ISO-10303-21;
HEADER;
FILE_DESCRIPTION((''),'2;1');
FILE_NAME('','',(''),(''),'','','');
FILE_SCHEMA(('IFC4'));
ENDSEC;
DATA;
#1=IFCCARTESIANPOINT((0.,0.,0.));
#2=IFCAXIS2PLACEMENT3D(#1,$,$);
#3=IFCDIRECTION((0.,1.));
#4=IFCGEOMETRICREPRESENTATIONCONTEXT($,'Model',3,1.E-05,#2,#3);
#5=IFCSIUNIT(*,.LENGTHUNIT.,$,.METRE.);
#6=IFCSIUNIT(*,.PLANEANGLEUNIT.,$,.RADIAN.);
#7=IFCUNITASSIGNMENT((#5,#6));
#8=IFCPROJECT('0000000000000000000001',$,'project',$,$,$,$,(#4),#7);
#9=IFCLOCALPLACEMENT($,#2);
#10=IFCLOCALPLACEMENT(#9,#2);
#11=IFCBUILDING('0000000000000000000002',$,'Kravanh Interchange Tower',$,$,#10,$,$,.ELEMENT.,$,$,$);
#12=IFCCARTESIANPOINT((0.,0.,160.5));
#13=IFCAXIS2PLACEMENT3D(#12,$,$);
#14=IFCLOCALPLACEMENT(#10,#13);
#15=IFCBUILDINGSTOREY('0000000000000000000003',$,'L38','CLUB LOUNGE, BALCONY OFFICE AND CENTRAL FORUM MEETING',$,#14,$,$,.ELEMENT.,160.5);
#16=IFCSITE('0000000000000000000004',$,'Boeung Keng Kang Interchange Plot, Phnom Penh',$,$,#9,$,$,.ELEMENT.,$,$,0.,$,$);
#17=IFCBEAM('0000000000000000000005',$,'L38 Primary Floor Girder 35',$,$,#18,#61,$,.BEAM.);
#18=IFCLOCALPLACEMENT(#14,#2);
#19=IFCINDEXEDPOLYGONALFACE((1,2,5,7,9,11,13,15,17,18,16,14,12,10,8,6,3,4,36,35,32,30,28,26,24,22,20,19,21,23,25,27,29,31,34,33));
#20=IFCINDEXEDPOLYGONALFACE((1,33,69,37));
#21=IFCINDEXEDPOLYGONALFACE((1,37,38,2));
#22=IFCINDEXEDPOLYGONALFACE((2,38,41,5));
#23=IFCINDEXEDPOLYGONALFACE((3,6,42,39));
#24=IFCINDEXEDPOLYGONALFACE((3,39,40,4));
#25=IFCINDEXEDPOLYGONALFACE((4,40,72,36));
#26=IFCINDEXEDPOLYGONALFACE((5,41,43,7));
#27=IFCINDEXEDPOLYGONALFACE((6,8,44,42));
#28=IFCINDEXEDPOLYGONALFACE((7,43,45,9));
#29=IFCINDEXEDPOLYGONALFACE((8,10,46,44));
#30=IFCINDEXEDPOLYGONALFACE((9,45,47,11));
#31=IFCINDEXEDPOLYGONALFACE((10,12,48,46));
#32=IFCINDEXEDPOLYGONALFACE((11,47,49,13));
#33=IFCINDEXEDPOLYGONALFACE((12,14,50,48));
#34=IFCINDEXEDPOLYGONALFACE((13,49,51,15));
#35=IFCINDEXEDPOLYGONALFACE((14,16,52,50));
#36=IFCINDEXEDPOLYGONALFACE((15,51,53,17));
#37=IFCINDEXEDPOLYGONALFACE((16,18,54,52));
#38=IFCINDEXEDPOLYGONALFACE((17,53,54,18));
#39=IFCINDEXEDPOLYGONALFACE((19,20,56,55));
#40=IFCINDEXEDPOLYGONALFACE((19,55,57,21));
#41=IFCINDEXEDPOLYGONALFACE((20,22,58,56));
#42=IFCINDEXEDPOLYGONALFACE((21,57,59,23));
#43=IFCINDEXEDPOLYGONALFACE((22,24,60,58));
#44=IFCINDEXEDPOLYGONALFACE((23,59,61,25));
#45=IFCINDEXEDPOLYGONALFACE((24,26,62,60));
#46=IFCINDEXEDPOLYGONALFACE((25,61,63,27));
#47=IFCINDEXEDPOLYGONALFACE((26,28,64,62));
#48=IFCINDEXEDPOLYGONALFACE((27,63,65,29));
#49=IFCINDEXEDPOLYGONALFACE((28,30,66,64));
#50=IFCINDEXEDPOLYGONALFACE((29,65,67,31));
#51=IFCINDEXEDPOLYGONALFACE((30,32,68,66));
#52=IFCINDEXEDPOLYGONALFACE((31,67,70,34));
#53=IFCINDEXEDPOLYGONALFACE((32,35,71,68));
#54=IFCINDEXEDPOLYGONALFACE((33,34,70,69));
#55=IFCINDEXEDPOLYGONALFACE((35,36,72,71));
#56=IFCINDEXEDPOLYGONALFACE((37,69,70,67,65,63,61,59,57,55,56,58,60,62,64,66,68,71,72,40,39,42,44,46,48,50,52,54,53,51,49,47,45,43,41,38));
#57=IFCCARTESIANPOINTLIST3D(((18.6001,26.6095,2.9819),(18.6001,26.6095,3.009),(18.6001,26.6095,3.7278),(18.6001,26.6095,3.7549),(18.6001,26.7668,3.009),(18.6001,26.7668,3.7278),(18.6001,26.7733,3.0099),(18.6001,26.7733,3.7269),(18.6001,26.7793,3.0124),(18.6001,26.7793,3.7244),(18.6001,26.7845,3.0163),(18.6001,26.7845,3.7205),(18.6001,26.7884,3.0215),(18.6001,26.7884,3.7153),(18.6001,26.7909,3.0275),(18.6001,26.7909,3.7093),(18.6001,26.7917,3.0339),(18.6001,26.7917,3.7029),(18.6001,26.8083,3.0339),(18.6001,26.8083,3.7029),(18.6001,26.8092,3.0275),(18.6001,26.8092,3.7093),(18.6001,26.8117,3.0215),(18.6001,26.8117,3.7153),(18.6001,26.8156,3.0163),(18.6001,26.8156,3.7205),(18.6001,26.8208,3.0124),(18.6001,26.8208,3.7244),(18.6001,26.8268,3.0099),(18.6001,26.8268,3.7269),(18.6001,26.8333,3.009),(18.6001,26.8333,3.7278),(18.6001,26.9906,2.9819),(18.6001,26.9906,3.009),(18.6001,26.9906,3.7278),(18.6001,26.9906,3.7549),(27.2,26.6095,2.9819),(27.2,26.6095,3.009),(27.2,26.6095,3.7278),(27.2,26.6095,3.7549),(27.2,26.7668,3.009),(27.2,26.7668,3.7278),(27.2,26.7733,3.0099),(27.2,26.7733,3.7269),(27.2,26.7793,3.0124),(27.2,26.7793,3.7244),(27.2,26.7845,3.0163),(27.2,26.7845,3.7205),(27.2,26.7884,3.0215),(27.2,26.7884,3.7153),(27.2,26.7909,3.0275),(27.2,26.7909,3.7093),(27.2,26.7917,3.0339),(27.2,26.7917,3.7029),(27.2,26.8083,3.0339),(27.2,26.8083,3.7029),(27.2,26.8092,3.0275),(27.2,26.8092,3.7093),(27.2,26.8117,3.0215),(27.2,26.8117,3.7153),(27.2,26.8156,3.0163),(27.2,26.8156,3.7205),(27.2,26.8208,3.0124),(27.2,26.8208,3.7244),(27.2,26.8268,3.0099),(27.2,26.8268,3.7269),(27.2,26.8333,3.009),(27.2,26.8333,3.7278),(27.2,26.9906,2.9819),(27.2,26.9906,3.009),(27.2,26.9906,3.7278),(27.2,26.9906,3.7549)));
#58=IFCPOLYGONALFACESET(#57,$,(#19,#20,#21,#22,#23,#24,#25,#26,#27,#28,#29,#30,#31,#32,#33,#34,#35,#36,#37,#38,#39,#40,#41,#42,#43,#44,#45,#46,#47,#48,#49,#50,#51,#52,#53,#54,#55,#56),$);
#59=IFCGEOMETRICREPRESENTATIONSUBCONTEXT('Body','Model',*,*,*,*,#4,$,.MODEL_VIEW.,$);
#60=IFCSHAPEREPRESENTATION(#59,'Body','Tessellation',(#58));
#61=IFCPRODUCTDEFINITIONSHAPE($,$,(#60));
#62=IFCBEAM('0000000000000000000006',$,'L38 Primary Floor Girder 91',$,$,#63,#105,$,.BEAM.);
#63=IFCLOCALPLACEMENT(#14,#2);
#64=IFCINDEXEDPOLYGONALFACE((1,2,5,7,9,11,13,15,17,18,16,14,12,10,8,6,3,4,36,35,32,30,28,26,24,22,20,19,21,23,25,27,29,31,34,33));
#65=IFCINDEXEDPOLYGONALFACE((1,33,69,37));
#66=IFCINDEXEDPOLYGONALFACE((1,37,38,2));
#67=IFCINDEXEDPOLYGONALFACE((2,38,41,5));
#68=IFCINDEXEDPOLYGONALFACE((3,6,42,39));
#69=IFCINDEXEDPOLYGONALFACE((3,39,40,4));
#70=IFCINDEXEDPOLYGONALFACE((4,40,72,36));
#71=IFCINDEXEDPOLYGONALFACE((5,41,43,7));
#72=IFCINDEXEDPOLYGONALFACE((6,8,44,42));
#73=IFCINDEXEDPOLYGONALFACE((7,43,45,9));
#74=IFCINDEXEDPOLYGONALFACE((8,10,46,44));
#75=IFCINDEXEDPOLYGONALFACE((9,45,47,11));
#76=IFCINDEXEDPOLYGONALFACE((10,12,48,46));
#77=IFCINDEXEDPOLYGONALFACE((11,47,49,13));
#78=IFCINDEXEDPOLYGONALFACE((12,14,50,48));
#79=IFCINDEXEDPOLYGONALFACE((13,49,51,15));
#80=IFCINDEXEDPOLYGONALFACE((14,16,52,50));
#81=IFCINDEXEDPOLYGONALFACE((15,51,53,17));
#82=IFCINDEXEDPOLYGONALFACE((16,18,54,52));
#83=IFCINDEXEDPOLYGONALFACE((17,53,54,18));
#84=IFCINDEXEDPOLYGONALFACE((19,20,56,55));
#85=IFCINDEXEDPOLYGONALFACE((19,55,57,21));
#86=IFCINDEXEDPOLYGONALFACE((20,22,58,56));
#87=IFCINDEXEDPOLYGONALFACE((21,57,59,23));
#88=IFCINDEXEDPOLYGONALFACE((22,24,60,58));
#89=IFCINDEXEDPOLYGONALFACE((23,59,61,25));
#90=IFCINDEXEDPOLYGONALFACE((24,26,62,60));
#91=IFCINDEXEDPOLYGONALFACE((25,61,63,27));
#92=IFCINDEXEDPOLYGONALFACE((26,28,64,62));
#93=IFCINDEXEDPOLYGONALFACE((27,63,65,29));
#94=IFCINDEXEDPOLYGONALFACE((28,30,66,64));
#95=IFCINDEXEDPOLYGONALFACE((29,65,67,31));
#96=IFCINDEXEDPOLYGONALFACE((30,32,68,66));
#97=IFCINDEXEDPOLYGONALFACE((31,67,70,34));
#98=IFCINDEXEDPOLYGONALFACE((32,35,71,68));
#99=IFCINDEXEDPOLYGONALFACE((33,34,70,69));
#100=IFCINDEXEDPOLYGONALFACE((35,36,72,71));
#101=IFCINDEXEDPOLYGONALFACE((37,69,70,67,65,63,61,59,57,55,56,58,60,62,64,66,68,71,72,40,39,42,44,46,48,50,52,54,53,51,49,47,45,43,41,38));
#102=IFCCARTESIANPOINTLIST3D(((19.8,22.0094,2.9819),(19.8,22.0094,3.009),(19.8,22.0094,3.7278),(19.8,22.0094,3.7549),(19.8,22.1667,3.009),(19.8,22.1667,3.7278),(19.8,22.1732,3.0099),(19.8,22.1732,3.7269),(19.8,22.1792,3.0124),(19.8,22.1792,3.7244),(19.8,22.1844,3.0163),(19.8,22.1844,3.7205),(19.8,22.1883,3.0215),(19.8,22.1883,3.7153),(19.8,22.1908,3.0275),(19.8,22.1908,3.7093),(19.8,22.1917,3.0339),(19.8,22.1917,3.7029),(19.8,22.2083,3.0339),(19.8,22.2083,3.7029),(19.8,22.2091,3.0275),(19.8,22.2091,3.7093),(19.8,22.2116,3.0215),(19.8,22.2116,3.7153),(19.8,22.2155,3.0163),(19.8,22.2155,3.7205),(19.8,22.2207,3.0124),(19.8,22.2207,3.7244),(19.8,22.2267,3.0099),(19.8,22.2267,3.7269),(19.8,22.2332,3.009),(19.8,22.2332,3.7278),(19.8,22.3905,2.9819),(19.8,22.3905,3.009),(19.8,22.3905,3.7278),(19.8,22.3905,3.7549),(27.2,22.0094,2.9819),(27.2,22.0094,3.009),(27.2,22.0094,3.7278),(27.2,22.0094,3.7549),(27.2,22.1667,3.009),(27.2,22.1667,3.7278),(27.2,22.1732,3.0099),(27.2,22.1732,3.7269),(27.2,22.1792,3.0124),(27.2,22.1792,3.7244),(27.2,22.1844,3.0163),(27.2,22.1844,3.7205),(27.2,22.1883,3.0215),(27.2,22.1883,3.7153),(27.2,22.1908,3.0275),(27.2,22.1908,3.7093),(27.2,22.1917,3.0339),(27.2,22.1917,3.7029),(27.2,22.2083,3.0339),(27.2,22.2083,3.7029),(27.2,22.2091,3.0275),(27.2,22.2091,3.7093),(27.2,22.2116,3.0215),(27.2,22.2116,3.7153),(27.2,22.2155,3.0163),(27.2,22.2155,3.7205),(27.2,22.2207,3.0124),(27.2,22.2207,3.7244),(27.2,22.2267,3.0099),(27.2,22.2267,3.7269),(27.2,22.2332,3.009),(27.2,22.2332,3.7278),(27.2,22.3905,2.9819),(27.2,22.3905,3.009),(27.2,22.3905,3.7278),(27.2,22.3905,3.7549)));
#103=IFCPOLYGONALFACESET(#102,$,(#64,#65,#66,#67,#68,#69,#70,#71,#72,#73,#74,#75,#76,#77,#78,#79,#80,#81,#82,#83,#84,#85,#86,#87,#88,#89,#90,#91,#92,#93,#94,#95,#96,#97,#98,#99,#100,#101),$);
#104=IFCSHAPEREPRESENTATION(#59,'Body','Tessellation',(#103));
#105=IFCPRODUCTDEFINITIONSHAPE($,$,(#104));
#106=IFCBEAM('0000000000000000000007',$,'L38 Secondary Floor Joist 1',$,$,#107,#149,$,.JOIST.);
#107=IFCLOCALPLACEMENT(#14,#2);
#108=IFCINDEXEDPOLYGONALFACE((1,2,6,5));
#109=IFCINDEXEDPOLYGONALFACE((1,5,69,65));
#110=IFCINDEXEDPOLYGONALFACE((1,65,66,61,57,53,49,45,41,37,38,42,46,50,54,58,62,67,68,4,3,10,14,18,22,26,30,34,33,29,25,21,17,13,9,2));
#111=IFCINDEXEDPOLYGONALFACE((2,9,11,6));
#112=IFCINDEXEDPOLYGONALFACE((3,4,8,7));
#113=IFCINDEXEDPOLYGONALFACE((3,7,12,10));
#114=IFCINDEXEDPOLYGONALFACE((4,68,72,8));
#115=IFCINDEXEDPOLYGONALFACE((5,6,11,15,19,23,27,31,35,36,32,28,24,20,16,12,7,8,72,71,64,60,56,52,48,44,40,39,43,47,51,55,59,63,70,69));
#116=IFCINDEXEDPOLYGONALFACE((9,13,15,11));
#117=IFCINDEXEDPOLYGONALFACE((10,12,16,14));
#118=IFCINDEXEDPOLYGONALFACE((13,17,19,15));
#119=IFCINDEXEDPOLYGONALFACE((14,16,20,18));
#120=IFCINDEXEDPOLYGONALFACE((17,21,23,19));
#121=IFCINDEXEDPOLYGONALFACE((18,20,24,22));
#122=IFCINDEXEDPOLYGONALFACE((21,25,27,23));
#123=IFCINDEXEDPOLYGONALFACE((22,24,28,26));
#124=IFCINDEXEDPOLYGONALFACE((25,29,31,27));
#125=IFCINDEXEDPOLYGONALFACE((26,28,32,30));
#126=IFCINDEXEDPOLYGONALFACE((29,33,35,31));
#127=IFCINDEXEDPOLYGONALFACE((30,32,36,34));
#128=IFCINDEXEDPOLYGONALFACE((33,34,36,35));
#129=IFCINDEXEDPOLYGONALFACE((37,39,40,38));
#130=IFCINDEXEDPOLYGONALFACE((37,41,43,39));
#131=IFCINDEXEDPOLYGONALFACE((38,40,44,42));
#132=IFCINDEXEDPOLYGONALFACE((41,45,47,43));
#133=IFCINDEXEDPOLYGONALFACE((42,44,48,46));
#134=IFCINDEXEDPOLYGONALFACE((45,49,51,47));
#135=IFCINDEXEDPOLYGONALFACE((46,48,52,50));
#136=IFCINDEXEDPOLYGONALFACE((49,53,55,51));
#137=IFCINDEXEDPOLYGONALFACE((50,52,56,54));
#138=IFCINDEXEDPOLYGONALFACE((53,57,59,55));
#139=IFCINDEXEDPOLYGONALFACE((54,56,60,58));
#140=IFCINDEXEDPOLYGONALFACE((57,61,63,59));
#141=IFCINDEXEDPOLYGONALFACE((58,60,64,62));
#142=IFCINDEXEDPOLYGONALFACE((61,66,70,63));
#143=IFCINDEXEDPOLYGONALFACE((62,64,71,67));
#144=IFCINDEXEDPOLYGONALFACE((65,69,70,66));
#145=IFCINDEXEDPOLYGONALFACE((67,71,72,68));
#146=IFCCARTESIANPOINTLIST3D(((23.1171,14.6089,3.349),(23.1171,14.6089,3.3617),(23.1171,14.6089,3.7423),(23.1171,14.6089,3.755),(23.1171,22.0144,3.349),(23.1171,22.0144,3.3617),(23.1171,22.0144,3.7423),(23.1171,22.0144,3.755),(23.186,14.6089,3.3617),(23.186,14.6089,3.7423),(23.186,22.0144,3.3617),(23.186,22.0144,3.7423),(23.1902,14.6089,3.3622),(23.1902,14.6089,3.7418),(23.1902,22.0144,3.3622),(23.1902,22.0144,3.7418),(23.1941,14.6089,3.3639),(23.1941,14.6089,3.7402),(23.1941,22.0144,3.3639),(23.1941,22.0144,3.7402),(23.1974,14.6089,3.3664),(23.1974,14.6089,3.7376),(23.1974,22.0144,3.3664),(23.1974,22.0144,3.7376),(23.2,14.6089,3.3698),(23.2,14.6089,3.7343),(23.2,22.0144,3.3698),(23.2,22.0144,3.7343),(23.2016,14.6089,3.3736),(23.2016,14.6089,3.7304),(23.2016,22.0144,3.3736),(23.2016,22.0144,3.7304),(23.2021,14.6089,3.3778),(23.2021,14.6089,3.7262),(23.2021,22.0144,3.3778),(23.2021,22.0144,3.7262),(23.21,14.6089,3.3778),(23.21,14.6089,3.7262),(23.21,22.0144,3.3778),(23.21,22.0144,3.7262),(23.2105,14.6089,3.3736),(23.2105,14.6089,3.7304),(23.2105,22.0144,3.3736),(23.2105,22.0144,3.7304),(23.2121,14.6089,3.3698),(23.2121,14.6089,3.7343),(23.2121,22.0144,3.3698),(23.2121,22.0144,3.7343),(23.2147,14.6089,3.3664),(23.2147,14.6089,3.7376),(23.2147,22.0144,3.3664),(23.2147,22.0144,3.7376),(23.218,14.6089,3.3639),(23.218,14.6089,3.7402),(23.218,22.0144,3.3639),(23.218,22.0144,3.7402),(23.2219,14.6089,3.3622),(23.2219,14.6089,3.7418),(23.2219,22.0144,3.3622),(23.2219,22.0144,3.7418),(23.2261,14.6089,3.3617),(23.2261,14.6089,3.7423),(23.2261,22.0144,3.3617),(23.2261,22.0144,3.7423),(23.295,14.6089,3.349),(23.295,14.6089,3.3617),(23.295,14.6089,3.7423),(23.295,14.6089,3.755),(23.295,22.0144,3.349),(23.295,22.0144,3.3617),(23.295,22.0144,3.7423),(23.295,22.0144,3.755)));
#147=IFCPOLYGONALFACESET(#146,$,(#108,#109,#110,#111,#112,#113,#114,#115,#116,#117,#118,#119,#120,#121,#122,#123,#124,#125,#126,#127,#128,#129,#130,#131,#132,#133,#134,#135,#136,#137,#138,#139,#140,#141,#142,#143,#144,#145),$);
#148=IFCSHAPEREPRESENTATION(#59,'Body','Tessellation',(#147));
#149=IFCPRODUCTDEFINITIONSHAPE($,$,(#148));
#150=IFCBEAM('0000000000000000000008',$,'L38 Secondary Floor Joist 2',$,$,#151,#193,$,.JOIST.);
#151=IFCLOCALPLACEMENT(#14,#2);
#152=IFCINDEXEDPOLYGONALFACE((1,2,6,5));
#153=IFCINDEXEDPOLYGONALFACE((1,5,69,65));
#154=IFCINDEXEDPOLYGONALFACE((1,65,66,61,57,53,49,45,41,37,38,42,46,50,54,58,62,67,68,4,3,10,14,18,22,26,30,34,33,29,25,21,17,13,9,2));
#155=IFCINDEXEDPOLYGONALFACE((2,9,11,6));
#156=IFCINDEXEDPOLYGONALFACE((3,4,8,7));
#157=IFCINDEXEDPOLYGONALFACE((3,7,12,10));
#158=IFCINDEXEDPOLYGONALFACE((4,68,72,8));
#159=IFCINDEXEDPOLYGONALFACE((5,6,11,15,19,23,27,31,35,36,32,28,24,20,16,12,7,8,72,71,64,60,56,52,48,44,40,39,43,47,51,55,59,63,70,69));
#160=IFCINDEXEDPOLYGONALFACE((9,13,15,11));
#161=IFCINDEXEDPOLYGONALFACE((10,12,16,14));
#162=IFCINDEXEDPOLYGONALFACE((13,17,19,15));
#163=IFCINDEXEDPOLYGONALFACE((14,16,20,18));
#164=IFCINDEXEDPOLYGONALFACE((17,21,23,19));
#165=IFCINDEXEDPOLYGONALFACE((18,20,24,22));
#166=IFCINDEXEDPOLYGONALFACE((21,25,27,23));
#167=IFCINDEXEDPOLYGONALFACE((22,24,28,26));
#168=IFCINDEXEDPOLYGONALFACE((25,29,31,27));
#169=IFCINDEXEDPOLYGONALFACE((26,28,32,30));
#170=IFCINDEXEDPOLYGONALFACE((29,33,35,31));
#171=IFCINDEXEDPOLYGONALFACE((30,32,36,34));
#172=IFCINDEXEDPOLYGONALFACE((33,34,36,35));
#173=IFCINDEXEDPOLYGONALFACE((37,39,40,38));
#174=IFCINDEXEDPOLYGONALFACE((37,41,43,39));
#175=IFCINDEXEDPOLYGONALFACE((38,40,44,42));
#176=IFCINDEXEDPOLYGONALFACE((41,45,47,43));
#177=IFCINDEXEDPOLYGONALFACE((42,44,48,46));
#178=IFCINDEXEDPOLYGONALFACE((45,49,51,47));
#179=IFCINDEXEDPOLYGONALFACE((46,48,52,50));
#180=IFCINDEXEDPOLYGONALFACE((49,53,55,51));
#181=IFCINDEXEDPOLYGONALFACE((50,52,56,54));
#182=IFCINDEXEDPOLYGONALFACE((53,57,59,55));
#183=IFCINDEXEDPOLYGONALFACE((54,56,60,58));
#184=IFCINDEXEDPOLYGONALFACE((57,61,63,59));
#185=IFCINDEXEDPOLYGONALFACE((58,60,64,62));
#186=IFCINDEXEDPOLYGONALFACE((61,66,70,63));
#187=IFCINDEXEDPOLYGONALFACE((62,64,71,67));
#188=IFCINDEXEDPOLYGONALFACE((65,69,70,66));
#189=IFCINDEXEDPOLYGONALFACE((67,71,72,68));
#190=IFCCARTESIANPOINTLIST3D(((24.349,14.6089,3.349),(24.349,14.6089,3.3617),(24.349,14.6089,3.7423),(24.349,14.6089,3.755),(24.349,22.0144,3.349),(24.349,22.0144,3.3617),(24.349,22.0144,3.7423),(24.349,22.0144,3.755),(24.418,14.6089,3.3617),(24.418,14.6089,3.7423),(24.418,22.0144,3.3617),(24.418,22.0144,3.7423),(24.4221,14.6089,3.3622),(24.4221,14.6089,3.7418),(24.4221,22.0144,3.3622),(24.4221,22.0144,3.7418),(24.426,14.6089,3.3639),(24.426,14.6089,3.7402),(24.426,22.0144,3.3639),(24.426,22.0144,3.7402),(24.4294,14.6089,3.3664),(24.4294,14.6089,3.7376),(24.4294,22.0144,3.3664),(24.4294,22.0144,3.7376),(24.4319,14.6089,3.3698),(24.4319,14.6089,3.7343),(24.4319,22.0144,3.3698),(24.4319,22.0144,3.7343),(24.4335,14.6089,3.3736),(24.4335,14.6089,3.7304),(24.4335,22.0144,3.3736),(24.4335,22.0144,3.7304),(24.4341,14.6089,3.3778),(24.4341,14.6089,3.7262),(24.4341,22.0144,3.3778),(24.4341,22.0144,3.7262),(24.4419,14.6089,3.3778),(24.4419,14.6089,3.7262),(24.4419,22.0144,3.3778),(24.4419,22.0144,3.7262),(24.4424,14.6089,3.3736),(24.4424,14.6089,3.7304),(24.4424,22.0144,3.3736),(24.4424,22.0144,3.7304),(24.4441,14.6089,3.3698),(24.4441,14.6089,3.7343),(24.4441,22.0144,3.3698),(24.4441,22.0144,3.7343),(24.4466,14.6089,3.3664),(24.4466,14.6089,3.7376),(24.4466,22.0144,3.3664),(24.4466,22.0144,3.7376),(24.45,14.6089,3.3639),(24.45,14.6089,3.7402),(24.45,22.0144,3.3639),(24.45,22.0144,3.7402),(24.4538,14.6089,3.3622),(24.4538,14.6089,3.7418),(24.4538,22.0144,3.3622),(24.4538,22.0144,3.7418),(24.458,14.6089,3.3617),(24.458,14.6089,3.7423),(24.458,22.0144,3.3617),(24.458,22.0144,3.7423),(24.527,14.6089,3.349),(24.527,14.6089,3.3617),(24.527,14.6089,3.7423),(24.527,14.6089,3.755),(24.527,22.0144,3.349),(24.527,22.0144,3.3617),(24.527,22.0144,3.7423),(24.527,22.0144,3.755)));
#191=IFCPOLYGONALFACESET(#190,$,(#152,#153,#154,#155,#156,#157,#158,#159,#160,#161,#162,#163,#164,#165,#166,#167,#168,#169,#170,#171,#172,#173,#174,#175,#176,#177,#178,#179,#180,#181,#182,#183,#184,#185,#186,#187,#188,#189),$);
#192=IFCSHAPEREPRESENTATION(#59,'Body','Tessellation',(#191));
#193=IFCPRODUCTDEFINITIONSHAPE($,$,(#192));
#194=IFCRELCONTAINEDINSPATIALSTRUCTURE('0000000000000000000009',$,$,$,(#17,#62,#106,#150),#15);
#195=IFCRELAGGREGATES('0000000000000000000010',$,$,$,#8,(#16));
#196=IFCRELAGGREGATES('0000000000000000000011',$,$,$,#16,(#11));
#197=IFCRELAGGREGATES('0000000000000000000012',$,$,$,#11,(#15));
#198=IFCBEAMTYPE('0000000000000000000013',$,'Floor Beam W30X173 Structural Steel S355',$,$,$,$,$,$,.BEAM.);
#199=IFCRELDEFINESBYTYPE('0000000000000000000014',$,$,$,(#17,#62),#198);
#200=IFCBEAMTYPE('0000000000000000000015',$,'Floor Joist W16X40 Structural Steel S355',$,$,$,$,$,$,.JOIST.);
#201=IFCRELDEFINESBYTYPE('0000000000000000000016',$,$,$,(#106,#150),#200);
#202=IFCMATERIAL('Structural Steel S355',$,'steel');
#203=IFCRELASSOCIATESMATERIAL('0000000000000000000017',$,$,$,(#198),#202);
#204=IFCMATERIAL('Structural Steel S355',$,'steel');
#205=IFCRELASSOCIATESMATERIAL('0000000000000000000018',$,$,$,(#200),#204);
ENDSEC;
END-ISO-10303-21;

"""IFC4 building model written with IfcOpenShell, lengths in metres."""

from ifc_helpers import new_model, si_unit, direction, frame, origin, origin_2d, place, context, subcontext, project, spatial, i_section, extrude, material, material_profile, profile_set, type_object, element, save


model = new_model("IFC4")

# Units and contexts
model_context = context("Model", 3, precision=1e-05, world=origin(), true_north=direction((0.0, 1.0)))
body_context = subcontext(model_context, "Body", "Model", "MODEL_VIEW")
ifc_project = project(units=[si_unit("LENGTHUNIT", "METRE"), si_unit("PLANEANGLEUNIT", "RADIAN")], contexts=[model_context])

# Site, building, storey
site_placement = place(None, origin())
site = spatial("IfcSite", under=ifc_project, at=site_placement, Name="Boeung Keng Kang Interchange Plot, Phnom Penh", CompositionType="ELEMENT", RefElevation=0.0)
building_placement = place(site_placement, origin())
building = spatial("IfcBuilding", under=site, at=building_placement, Name="Kravanh Interchange Tower", CompositionType="ELEMENT")
storey_placement = place(building_placement, frame((0.0, 0.0, 160.5)))
storey = spatial("IfcBuildingStorey", under=building, at=storey_placement, Name="L38", Description="CLUB LOUNGE, BALCONY OFFICE AND CENTRAL FORUM MEETING", CompositionType="ELEMENT", Elevation=160.5)

# Beams
ifc_material_1 = material(Name="Structural Steel S355", Category="steel")
ifc_material_profile_1 = material_profile(ifc_material_1, i_section(OverallWidth=0.3811, OverallDepth=0.7729, WebThickness=0.0166, FlangeThickness=0.0271, FilletRadius=0.0249, at=origin_2d()), Name="W30X173")
ifc_profile_set_1 = profile_set([ifc_material_profile_1], Name="Structural Steel S355")
beam_type_1 = type_object("IfcBeamType", Name="Floor Beam W30X173 Structural Steel S355", PredefinedType="BEAM", material=ifc_profile_set_1)
beam_1_placement = place(storey_placement, frame((18.6001, 26.8, 3.3684), z_axis=(1.0, 0.0, 0.0), x_axis=(0.0, 1.0, 0.0)))
element("IfcBeam", 1, at=beam_1_placement, inside=storey, type_object=beam_type_1, Name="L38 Primary Floor Girder 35", PredefinedType="BEAM", context=body_context, shape_type="SweptSolid", body=[
    extrude(i_section(OverallWidth=0.3811, OverallDepth=0.7729, WebThickness=0.0166, FlangeThickness=0.0271, FilletRadius=0.0249, at=origin_2d()), origin(), (0.0, 0.0, 1.0), 8.5999),
])
beam_2_placement = place(storey_placement, frame((19.8, 22.2, 3.3684), z_axis=(1.0, 0.0, 0.0), x_axis=(0.0, 1.0, 0.0)))
element("IfcBeam", 2, at=beam_2_placement, inside=storey, type_object=beam_type_1, Name="L38 Primary Floor Girder 91", PredefinedType="BEAM", context=body_context, shape_type="SweptSolid", body=[
    extrude(i_section(OverallWidth=0.3811, OverallDepth=0.7729, WebThickness=0.0166, FlangeThickness=0.0271, FilletRadius=0.0249, at=origin_2d()), origin(), (0.0, 0.0, 1.0), 7.3999),
])
ifc_material_2 = material(Name="Structural Steel S355", Category="steel")
ifc_material_profile_2 = material_profile(ifc_material_2, i_section(OverallWidth=0.178, OverallDepth=0.406, WebThickness=0.0078, FlangeThickness=0.0127, FilletRadius=0.0161, at=origin_2d()), Name="W16X40")
ifc_profile_set_2 = profile_set([ifc_material_profile_2], Name="Structural Steel S355")
beam_type_2 = type_object("IfcBeamType", Name="Floor Joist W16X40 Structural Steel S355", PredefinedType="JOIST", material=ifc_profile_set_2)
for number, where, z_axis, x_axis, name in (
    (3, (23.2061, 14.6089, 3.552), (0.0, 1.0, 0.0), (-1.0, 0.0, 0.0), "L38 Secondary Floor Joist 1"),
    (4, (24.438, 14.6089, 3.552), (0.0, 1.0, 0.0), (-1.0, 0.0, 0.0), "L38 Secondary Floor Joist 2"),
):
    element("IfcBeam", number, at=place(storey_placement, frame(where, z_axis=z_axis, x_axis=x_axis)), inside=storey, type_object=beam_type_2, Name=name, PredefinedType="JOIST", context=body_context, shape_type="SweptSolid", body=[
        extrude(i_section(OverallWidth=0.178, OverallDepth=0.406, WebThickness=0.0078, FlangeThickness=0.0127, FilletRadius=0.0161, at=origin_2d()), origin(), (0.0, 0.0, 1.0), 7.4055),
    ])

save(model, "model.ifc")
